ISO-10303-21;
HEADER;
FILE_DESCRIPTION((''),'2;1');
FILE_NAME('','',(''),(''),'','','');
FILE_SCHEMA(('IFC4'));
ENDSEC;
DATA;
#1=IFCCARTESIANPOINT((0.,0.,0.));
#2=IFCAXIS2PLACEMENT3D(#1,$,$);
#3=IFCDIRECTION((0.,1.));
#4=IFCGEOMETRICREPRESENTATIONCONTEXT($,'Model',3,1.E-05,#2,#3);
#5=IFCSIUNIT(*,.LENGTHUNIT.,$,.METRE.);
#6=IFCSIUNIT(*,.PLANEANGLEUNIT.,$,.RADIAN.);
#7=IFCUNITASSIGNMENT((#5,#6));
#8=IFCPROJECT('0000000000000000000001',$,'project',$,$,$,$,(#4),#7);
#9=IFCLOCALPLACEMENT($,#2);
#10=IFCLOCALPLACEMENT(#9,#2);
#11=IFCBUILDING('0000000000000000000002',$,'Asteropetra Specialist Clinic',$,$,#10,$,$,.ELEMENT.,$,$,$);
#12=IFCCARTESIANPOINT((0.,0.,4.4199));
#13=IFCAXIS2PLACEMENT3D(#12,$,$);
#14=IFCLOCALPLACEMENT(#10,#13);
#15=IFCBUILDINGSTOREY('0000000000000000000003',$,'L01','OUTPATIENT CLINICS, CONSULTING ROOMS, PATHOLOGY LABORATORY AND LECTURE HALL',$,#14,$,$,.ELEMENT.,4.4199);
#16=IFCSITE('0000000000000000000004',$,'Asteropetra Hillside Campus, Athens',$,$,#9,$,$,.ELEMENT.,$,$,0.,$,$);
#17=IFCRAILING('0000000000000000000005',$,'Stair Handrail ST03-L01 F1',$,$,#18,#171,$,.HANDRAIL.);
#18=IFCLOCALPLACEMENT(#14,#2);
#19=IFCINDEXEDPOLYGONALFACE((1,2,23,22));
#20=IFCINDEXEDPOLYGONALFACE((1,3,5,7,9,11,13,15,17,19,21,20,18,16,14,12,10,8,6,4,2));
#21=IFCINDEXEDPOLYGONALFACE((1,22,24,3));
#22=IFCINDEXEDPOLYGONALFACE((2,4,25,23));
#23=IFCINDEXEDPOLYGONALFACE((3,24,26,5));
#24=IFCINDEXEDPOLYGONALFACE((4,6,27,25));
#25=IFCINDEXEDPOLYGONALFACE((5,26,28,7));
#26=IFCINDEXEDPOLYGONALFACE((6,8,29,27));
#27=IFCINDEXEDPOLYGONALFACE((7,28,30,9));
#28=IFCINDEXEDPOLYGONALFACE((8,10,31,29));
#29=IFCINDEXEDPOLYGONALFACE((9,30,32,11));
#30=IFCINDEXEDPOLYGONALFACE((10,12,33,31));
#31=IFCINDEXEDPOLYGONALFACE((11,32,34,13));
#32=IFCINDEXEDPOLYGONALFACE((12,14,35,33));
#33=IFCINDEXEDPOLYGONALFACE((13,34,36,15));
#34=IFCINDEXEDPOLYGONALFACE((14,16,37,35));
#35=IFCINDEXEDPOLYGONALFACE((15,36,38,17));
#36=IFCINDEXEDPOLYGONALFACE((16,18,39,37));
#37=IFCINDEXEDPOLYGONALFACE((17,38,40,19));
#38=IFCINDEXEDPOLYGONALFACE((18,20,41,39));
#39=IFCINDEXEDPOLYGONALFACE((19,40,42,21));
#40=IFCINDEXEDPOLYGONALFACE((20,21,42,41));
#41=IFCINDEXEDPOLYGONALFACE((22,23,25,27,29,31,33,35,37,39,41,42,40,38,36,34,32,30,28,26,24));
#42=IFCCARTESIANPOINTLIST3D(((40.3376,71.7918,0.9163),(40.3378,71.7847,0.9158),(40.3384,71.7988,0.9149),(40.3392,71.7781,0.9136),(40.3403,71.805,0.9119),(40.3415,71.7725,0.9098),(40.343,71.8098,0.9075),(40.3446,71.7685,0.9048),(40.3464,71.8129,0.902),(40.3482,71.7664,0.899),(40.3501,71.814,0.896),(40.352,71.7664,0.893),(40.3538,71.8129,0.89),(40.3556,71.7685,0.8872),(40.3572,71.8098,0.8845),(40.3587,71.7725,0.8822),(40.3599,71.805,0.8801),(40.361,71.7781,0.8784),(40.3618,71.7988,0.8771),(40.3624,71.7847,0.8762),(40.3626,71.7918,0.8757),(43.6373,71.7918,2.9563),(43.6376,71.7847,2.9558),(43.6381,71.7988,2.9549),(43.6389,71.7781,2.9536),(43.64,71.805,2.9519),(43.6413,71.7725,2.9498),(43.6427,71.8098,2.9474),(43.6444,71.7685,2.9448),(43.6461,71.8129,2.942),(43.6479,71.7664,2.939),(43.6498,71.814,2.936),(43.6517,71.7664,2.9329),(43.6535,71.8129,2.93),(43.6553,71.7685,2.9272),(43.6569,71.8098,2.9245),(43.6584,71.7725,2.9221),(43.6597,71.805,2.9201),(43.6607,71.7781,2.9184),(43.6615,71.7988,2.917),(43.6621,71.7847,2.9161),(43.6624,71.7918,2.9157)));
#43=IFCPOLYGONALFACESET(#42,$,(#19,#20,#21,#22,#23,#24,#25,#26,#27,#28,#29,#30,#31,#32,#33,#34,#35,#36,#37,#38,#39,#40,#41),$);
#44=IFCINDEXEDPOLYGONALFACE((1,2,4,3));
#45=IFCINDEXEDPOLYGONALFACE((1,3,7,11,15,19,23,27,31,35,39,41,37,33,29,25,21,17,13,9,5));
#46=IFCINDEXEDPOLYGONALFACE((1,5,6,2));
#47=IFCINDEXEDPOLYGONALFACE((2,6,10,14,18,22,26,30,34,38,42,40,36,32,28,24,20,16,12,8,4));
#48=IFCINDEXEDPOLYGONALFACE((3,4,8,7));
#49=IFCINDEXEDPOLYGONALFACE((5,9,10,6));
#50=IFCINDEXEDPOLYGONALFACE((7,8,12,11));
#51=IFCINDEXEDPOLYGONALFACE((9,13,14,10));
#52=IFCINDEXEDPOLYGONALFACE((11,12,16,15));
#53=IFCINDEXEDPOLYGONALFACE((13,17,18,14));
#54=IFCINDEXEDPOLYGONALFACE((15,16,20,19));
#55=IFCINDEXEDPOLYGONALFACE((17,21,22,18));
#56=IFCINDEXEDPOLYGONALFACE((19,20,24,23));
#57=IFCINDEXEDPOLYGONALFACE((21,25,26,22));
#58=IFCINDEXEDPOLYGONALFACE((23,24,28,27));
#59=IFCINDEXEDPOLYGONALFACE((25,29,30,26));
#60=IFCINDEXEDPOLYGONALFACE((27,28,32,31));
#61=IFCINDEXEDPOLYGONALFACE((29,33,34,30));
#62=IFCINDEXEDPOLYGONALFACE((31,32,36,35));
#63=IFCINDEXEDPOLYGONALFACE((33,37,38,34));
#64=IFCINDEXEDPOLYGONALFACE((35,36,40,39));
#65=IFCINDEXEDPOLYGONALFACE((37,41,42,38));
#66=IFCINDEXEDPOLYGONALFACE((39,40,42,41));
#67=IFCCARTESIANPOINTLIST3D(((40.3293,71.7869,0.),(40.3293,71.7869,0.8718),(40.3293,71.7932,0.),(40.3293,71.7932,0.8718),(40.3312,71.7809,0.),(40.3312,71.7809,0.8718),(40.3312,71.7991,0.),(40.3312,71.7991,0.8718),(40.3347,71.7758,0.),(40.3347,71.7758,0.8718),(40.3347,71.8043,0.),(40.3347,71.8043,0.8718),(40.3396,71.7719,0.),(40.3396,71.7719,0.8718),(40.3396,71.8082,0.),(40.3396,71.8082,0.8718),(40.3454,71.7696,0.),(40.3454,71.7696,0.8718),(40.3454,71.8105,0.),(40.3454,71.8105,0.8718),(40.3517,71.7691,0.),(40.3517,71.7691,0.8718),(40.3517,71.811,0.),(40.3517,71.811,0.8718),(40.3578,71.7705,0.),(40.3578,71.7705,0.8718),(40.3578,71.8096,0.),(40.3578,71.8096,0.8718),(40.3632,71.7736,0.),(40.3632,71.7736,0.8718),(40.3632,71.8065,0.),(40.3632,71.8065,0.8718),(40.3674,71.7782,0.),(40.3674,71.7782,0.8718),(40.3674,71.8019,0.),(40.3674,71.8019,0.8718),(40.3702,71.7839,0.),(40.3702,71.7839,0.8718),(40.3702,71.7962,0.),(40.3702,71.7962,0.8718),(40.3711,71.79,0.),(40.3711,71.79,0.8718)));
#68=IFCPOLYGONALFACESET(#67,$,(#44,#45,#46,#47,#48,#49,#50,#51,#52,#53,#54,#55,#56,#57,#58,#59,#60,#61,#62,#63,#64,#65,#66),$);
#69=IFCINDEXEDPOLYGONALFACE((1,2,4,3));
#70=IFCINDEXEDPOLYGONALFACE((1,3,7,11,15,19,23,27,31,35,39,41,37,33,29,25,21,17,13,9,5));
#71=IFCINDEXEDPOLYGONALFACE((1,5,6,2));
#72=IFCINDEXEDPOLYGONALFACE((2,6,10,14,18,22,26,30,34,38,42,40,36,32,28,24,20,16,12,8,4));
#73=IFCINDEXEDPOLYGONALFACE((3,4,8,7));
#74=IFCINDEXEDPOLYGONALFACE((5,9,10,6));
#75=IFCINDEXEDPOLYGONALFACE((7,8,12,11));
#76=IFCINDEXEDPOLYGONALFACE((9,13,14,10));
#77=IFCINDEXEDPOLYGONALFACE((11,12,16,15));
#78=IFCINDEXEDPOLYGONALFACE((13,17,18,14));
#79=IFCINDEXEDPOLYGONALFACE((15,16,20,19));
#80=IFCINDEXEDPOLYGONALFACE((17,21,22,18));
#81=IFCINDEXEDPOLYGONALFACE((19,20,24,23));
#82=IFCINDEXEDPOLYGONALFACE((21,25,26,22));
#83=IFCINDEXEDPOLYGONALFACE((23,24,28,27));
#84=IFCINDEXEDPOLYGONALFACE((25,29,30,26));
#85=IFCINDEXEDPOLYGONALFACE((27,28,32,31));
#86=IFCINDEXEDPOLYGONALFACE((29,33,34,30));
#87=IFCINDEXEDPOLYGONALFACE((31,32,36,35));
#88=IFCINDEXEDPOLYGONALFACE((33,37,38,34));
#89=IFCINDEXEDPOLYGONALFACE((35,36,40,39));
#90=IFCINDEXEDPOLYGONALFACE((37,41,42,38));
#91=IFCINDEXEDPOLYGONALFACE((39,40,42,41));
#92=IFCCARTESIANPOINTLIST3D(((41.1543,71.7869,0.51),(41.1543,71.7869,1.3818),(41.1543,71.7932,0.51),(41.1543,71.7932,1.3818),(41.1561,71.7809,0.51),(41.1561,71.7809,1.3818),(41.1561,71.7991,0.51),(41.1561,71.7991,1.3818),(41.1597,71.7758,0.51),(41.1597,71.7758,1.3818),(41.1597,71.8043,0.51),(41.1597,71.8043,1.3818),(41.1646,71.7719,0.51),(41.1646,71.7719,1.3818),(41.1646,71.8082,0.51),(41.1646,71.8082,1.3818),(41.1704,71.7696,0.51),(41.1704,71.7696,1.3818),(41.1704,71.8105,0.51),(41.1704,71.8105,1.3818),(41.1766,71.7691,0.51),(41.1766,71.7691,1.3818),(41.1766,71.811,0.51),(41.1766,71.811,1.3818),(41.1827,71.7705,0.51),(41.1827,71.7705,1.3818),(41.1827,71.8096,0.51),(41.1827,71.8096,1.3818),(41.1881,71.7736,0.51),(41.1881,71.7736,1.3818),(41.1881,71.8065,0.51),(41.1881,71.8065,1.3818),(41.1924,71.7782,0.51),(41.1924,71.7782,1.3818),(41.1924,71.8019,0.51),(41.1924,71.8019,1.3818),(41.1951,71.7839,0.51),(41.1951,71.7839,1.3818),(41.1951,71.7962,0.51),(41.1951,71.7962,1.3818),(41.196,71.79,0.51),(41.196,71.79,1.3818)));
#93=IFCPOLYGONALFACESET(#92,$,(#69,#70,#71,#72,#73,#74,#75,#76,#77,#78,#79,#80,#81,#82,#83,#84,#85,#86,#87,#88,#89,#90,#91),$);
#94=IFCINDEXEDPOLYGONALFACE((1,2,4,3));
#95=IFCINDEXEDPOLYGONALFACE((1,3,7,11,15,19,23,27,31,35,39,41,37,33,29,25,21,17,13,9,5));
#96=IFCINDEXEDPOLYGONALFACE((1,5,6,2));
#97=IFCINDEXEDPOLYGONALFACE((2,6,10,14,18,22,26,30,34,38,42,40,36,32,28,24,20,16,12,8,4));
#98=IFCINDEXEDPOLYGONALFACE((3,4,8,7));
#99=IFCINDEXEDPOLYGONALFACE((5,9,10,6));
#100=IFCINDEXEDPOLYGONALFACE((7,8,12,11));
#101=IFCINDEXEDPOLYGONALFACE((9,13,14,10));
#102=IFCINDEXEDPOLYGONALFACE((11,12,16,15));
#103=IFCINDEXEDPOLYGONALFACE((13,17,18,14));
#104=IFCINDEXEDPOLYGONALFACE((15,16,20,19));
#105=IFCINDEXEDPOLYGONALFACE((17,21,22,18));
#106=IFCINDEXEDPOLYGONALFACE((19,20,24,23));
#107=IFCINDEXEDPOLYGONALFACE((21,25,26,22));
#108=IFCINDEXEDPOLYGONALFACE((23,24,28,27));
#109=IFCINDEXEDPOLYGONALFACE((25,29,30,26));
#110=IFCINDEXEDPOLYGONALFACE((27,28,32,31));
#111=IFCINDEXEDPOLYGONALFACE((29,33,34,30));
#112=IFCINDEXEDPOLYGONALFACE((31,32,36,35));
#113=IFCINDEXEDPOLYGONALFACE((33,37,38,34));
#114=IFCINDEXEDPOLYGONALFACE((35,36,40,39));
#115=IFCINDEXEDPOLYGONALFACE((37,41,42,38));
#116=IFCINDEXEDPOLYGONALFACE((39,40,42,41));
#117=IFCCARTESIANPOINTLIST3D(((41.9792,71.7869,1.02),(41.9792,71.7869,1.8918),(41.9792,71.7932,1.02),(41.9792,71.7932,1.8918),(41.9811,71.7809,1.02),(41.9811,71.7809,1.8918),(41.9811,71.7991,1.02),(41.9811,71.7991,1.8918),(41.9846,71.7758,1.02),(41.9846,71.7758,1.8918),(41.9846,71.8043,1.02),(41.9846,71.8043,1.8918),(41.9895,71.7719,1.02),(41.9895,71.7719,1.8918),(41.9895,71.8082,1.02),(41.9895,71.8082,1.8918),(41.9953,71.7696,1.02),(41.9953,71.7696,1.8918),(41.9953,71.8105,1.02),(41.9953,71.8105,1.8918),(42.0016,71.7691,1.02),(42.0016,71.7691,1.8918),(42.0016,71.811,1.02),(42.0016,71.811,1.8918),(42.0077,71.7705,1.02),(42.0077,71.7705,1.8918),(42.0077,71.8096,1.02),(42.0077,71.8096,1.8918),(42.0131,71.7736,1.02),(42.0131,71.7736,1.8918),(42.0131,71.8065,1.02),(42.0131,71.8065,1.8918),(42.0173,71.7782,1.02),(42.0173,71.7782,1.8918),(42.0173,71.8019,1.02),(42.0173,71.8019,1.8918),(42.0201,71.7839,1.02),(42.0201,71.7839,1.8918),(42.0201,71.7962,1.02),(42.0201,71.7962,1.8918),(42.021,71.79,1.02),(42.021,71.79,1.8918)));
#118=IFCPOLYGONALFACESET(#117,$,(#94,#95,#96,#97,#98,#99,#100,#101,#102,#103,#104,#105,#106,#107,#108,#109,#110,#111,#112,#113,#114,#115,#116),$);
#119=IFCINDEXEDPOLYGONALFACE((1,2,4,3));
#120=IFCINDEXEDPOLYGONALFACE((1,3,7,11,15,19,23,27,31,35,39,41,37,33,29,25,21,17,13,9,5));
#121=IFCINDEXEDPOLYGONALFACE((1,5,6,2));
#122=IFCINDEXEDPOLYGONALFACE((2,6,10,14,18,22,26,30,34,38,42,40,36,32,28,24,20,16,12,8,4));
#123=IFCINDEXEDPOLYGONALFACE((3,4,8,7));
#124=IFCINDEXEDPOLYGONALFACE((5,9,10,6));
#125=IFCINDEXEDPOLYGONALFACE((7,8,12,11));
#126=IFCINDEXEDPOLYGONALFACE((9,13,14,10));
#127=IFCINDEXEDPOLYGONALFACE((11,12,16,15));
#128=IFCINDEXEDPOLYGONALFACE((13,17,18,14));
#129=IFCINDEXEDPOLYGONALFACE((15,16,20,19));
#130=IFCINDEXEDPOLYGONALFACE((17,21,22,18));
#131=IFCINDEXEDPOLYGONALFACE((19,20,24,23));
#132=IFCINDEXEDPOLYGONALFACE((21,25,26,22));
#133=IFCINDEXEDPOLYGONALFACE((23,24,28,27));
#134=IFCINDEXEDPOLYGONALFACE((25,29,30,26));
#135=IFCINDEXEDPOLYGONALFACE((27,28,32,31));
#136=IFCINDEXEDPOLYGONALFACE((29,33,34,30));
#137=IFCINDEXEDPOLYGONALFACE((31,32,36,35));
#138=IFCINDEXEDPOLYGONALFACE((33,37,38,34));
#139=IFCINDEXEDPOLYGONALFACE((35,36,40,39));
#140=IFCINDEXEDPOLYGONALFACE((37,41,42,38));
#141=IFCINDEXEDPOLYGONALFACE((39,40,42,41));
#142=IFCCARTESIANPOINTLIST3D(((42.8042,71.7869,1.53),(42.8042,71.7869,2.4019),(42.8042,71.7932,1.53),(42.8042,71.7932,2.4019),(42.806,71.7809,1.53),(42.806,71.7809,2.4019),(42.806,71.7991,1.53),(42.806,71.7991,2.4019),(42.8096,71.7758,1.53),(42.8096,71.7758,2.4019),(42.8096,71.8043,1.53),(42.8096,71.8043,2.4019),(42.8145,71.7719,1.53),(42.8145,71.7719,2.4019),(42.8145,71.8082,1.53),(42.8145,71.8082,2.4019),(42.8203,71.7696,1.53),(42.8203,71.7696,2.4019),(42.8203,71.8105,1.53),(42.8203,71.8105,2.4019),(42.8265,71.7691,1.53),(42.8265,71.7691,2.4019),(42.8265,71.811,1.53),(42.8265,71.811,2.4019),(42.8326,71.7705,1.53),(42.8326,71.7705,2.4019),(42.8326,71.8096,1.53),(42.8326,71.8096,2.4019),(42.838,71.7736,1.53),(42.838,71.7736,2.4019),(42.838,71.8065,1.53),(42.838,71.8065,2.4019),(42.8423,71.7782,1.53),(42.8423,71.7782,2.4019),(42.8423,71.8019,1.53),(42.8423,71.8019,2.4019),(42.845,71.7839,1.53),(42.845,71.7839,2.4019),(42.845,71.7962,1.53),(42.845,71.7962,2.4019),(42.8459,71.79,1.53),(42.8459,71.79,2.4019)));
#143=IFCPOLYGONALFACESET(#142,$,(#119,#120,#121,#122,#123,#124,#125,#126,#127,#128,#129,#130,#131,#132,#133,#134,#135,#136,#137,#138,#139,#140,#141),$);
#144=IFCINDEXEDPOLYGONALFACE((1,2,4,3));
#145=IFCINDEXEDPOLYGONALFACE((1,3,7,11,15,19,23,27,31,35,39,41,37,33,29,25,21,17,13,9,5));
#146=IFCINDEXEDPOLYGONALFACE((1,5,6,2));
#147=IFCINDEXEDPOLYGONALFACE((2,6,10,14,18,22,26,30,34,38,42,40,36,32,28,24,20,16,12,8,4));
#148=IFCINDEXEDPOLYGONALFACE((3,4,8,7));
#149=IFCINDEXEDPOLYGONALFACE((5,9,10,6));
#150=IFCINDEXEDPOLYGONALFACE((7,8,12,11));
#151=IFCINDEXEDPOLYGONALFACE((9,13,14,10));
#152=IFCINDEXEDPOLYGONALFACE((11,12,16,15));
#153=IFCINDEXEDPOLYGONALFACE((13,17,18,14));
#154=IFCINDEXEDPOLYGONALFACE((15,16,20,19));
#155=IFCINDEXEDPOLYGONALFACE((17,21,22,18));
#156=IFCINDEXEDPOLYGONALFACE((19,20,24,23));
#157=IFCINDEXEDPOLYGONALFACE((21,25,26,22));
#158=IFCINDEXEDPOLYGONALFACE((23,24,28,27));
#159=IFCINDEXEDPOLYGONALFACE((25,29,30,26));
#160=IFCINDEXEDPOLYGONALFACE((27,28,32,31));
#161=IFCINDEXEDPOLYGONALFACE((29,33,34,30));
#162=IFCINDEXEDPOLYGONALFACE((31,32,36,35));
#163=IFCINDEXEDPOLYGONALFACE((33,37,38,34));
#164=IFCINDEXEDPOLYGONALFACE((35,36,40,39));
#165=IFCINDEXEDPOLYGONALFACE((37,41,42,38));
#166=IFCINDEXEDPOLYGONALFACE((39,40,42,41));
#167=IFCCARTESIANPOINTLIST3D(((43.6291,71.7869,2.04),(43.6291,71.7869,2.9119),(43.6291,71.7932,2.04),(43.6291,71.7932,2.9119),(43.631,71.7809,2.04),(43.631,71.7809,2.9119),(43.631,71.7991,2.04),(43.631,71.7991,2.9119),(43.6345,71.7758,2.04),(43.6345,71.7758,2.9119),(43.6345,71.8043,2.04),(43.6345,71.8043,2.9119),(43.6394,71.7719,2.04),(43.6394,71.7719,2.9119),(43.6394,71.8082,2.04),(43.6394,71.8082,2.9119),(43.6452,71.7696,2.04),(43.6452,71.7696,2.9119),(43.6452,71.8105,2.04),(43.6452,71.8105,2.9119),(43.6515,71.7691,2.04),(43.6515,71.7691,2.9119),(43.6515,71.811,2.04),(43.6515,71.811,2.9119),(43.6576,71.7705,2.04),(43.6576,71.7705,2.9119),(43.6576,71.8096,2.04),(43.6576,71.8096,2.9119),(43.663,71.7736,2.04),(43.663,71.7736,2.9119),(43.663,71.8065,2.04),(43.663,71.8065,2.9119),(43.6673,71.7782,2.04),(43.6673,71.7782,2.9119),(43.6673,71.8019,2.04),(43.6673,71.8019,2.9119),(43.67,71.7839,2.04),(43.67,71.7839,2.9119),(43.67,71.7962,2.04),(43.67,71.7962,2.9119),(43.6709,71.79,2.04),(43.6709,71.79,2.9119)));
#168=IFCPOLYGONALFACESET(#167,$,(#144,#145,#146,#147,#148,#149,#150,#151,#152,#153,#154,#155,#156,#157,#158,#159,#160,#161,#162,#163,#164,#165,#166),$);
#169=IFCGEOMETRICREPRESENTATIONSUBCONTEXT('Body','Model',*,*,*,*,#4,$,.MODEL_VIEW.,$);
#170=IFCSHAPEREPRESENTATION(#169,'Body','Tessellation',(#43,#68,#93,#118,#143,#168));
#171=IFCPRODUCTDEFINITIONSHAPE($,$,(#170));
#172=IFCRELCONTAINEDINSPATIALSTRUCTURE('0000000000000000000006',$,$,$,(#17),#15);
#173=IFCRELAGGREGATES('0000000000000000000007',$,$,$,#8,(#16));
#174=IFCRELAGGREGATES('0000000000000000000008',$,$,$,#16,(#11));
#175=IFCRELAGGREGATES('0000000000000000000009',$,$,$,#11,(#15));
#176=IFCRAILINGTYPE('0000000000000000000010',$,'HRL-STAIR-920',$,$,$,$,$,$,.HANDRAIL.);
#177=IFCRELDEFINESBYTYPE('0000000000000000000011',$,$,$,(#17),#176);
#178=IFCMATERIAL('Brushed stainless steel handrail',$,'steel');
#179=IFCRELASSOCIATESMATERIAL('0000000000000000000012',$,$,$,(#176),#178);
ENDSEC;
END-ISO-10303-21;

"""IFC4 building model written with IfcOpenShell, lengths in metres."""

from ifc_helpers import new_model, si_unit, direction, frame, origin, origin_2d, place, context, subcontext, project, spatial, circle, extrude, material, type_object, element, save


model = new_model("IFC4")

# Units and contexts
model_context = context("Model", 3, precision=1e-05, world=origin(), true_north=direction((0.0, 1.0)))
body_context = subcontext(model_context, "Body", "Model", "MODEL_VIEW")
ifc_project = project(units=[si_unit("LENGTHUNIT", "METRE"), si_unit("PLANEANGLEUNIT", "RADIAN")], contexts=[model_context])

# Site, building, storey
site_placement = place(None, origin())
site = spatial("IfcSite", under=ifc_project, at=site_placement, Name="Asteropetra Hillside Campus, Athens", CompositionType="ELEMENT", RefElevation=0.0)
building_placement = place(site_placement, origin())
building = spatial("IfcBuilding", under=site, at=building_placement, Name="Asteropetra Specialist Clinic", CompositionType="ELEMENT")
storey_placement = place(building_placement, frame((0.0, 0.0, 4.4199)))
storey = spatial("IfcBuildingStorey", under=building, at=storey_placement, Name="L01", Description="OUTPATIENT CLINICS, CONSULTING ROOMS, PATHOLOGY LABORATORY AND LECTURE HALL", CompositionType="ELEMENT", Elevation=4.4199)

# Railing
ifc_material_1 = material(Name="Brushed stainless steel handrail", Category="steel")
railing_type_1 = type_object("IfcRailingType", Name="HRL-STAIR-920", PredefinedType="HANDRAIL", material=ifc_material_1)
railing_1_placement = place(storey_placement, frame((40.3501, 71.79, 0.0)))
element("IfcRailing", 1, at=railing_1_placement, inside=storey, type_object=railing_type_1, Name="Stair Handrail ST03-L01 F1", PredefinedType="HANDRAIL", context=body_context, shape_type="SweptSolid", body=[
    extrude(circle(Radius=0.0239, at=origin_2d()), frame((0.0, 0.0, 0.896), z_axis=(0.850576, 0.0, 0.525852), x_axis=(0.0, 1.0, 0.0)), (0.0, 0.0, 1.0), 3.8794),
    extrude(circle(Radius=0.021, at=origin_2d()), origin(), (0.0, 0.0, 1.0), 0.8718),
    extrude(circle(Radius=0.021, at=origin_2d()), frame((0.825, 0.0, 0.51)), (0.0, 0.0, 1.0), 0.8718),
    extrude(circle(Radius=0.021, at=origin_2d()), frame((1.6499, 0.0, 1.02)), (0.0, 0.0, 1.0), 0.8718),
    extrude(circle(Radius=0.021, at=origin_2d()), frame((2.4749, 0.0, 1.53)), (0.0, 0.0, 1.0), 0.8718),
    extrude(circle(Radius=0.021, at=origin_2d()), frame((3.2998, 0.0, 2.04)), (0.0, 0.0, 1.0), 0.8718),
])

save(model, "model.ifc")
